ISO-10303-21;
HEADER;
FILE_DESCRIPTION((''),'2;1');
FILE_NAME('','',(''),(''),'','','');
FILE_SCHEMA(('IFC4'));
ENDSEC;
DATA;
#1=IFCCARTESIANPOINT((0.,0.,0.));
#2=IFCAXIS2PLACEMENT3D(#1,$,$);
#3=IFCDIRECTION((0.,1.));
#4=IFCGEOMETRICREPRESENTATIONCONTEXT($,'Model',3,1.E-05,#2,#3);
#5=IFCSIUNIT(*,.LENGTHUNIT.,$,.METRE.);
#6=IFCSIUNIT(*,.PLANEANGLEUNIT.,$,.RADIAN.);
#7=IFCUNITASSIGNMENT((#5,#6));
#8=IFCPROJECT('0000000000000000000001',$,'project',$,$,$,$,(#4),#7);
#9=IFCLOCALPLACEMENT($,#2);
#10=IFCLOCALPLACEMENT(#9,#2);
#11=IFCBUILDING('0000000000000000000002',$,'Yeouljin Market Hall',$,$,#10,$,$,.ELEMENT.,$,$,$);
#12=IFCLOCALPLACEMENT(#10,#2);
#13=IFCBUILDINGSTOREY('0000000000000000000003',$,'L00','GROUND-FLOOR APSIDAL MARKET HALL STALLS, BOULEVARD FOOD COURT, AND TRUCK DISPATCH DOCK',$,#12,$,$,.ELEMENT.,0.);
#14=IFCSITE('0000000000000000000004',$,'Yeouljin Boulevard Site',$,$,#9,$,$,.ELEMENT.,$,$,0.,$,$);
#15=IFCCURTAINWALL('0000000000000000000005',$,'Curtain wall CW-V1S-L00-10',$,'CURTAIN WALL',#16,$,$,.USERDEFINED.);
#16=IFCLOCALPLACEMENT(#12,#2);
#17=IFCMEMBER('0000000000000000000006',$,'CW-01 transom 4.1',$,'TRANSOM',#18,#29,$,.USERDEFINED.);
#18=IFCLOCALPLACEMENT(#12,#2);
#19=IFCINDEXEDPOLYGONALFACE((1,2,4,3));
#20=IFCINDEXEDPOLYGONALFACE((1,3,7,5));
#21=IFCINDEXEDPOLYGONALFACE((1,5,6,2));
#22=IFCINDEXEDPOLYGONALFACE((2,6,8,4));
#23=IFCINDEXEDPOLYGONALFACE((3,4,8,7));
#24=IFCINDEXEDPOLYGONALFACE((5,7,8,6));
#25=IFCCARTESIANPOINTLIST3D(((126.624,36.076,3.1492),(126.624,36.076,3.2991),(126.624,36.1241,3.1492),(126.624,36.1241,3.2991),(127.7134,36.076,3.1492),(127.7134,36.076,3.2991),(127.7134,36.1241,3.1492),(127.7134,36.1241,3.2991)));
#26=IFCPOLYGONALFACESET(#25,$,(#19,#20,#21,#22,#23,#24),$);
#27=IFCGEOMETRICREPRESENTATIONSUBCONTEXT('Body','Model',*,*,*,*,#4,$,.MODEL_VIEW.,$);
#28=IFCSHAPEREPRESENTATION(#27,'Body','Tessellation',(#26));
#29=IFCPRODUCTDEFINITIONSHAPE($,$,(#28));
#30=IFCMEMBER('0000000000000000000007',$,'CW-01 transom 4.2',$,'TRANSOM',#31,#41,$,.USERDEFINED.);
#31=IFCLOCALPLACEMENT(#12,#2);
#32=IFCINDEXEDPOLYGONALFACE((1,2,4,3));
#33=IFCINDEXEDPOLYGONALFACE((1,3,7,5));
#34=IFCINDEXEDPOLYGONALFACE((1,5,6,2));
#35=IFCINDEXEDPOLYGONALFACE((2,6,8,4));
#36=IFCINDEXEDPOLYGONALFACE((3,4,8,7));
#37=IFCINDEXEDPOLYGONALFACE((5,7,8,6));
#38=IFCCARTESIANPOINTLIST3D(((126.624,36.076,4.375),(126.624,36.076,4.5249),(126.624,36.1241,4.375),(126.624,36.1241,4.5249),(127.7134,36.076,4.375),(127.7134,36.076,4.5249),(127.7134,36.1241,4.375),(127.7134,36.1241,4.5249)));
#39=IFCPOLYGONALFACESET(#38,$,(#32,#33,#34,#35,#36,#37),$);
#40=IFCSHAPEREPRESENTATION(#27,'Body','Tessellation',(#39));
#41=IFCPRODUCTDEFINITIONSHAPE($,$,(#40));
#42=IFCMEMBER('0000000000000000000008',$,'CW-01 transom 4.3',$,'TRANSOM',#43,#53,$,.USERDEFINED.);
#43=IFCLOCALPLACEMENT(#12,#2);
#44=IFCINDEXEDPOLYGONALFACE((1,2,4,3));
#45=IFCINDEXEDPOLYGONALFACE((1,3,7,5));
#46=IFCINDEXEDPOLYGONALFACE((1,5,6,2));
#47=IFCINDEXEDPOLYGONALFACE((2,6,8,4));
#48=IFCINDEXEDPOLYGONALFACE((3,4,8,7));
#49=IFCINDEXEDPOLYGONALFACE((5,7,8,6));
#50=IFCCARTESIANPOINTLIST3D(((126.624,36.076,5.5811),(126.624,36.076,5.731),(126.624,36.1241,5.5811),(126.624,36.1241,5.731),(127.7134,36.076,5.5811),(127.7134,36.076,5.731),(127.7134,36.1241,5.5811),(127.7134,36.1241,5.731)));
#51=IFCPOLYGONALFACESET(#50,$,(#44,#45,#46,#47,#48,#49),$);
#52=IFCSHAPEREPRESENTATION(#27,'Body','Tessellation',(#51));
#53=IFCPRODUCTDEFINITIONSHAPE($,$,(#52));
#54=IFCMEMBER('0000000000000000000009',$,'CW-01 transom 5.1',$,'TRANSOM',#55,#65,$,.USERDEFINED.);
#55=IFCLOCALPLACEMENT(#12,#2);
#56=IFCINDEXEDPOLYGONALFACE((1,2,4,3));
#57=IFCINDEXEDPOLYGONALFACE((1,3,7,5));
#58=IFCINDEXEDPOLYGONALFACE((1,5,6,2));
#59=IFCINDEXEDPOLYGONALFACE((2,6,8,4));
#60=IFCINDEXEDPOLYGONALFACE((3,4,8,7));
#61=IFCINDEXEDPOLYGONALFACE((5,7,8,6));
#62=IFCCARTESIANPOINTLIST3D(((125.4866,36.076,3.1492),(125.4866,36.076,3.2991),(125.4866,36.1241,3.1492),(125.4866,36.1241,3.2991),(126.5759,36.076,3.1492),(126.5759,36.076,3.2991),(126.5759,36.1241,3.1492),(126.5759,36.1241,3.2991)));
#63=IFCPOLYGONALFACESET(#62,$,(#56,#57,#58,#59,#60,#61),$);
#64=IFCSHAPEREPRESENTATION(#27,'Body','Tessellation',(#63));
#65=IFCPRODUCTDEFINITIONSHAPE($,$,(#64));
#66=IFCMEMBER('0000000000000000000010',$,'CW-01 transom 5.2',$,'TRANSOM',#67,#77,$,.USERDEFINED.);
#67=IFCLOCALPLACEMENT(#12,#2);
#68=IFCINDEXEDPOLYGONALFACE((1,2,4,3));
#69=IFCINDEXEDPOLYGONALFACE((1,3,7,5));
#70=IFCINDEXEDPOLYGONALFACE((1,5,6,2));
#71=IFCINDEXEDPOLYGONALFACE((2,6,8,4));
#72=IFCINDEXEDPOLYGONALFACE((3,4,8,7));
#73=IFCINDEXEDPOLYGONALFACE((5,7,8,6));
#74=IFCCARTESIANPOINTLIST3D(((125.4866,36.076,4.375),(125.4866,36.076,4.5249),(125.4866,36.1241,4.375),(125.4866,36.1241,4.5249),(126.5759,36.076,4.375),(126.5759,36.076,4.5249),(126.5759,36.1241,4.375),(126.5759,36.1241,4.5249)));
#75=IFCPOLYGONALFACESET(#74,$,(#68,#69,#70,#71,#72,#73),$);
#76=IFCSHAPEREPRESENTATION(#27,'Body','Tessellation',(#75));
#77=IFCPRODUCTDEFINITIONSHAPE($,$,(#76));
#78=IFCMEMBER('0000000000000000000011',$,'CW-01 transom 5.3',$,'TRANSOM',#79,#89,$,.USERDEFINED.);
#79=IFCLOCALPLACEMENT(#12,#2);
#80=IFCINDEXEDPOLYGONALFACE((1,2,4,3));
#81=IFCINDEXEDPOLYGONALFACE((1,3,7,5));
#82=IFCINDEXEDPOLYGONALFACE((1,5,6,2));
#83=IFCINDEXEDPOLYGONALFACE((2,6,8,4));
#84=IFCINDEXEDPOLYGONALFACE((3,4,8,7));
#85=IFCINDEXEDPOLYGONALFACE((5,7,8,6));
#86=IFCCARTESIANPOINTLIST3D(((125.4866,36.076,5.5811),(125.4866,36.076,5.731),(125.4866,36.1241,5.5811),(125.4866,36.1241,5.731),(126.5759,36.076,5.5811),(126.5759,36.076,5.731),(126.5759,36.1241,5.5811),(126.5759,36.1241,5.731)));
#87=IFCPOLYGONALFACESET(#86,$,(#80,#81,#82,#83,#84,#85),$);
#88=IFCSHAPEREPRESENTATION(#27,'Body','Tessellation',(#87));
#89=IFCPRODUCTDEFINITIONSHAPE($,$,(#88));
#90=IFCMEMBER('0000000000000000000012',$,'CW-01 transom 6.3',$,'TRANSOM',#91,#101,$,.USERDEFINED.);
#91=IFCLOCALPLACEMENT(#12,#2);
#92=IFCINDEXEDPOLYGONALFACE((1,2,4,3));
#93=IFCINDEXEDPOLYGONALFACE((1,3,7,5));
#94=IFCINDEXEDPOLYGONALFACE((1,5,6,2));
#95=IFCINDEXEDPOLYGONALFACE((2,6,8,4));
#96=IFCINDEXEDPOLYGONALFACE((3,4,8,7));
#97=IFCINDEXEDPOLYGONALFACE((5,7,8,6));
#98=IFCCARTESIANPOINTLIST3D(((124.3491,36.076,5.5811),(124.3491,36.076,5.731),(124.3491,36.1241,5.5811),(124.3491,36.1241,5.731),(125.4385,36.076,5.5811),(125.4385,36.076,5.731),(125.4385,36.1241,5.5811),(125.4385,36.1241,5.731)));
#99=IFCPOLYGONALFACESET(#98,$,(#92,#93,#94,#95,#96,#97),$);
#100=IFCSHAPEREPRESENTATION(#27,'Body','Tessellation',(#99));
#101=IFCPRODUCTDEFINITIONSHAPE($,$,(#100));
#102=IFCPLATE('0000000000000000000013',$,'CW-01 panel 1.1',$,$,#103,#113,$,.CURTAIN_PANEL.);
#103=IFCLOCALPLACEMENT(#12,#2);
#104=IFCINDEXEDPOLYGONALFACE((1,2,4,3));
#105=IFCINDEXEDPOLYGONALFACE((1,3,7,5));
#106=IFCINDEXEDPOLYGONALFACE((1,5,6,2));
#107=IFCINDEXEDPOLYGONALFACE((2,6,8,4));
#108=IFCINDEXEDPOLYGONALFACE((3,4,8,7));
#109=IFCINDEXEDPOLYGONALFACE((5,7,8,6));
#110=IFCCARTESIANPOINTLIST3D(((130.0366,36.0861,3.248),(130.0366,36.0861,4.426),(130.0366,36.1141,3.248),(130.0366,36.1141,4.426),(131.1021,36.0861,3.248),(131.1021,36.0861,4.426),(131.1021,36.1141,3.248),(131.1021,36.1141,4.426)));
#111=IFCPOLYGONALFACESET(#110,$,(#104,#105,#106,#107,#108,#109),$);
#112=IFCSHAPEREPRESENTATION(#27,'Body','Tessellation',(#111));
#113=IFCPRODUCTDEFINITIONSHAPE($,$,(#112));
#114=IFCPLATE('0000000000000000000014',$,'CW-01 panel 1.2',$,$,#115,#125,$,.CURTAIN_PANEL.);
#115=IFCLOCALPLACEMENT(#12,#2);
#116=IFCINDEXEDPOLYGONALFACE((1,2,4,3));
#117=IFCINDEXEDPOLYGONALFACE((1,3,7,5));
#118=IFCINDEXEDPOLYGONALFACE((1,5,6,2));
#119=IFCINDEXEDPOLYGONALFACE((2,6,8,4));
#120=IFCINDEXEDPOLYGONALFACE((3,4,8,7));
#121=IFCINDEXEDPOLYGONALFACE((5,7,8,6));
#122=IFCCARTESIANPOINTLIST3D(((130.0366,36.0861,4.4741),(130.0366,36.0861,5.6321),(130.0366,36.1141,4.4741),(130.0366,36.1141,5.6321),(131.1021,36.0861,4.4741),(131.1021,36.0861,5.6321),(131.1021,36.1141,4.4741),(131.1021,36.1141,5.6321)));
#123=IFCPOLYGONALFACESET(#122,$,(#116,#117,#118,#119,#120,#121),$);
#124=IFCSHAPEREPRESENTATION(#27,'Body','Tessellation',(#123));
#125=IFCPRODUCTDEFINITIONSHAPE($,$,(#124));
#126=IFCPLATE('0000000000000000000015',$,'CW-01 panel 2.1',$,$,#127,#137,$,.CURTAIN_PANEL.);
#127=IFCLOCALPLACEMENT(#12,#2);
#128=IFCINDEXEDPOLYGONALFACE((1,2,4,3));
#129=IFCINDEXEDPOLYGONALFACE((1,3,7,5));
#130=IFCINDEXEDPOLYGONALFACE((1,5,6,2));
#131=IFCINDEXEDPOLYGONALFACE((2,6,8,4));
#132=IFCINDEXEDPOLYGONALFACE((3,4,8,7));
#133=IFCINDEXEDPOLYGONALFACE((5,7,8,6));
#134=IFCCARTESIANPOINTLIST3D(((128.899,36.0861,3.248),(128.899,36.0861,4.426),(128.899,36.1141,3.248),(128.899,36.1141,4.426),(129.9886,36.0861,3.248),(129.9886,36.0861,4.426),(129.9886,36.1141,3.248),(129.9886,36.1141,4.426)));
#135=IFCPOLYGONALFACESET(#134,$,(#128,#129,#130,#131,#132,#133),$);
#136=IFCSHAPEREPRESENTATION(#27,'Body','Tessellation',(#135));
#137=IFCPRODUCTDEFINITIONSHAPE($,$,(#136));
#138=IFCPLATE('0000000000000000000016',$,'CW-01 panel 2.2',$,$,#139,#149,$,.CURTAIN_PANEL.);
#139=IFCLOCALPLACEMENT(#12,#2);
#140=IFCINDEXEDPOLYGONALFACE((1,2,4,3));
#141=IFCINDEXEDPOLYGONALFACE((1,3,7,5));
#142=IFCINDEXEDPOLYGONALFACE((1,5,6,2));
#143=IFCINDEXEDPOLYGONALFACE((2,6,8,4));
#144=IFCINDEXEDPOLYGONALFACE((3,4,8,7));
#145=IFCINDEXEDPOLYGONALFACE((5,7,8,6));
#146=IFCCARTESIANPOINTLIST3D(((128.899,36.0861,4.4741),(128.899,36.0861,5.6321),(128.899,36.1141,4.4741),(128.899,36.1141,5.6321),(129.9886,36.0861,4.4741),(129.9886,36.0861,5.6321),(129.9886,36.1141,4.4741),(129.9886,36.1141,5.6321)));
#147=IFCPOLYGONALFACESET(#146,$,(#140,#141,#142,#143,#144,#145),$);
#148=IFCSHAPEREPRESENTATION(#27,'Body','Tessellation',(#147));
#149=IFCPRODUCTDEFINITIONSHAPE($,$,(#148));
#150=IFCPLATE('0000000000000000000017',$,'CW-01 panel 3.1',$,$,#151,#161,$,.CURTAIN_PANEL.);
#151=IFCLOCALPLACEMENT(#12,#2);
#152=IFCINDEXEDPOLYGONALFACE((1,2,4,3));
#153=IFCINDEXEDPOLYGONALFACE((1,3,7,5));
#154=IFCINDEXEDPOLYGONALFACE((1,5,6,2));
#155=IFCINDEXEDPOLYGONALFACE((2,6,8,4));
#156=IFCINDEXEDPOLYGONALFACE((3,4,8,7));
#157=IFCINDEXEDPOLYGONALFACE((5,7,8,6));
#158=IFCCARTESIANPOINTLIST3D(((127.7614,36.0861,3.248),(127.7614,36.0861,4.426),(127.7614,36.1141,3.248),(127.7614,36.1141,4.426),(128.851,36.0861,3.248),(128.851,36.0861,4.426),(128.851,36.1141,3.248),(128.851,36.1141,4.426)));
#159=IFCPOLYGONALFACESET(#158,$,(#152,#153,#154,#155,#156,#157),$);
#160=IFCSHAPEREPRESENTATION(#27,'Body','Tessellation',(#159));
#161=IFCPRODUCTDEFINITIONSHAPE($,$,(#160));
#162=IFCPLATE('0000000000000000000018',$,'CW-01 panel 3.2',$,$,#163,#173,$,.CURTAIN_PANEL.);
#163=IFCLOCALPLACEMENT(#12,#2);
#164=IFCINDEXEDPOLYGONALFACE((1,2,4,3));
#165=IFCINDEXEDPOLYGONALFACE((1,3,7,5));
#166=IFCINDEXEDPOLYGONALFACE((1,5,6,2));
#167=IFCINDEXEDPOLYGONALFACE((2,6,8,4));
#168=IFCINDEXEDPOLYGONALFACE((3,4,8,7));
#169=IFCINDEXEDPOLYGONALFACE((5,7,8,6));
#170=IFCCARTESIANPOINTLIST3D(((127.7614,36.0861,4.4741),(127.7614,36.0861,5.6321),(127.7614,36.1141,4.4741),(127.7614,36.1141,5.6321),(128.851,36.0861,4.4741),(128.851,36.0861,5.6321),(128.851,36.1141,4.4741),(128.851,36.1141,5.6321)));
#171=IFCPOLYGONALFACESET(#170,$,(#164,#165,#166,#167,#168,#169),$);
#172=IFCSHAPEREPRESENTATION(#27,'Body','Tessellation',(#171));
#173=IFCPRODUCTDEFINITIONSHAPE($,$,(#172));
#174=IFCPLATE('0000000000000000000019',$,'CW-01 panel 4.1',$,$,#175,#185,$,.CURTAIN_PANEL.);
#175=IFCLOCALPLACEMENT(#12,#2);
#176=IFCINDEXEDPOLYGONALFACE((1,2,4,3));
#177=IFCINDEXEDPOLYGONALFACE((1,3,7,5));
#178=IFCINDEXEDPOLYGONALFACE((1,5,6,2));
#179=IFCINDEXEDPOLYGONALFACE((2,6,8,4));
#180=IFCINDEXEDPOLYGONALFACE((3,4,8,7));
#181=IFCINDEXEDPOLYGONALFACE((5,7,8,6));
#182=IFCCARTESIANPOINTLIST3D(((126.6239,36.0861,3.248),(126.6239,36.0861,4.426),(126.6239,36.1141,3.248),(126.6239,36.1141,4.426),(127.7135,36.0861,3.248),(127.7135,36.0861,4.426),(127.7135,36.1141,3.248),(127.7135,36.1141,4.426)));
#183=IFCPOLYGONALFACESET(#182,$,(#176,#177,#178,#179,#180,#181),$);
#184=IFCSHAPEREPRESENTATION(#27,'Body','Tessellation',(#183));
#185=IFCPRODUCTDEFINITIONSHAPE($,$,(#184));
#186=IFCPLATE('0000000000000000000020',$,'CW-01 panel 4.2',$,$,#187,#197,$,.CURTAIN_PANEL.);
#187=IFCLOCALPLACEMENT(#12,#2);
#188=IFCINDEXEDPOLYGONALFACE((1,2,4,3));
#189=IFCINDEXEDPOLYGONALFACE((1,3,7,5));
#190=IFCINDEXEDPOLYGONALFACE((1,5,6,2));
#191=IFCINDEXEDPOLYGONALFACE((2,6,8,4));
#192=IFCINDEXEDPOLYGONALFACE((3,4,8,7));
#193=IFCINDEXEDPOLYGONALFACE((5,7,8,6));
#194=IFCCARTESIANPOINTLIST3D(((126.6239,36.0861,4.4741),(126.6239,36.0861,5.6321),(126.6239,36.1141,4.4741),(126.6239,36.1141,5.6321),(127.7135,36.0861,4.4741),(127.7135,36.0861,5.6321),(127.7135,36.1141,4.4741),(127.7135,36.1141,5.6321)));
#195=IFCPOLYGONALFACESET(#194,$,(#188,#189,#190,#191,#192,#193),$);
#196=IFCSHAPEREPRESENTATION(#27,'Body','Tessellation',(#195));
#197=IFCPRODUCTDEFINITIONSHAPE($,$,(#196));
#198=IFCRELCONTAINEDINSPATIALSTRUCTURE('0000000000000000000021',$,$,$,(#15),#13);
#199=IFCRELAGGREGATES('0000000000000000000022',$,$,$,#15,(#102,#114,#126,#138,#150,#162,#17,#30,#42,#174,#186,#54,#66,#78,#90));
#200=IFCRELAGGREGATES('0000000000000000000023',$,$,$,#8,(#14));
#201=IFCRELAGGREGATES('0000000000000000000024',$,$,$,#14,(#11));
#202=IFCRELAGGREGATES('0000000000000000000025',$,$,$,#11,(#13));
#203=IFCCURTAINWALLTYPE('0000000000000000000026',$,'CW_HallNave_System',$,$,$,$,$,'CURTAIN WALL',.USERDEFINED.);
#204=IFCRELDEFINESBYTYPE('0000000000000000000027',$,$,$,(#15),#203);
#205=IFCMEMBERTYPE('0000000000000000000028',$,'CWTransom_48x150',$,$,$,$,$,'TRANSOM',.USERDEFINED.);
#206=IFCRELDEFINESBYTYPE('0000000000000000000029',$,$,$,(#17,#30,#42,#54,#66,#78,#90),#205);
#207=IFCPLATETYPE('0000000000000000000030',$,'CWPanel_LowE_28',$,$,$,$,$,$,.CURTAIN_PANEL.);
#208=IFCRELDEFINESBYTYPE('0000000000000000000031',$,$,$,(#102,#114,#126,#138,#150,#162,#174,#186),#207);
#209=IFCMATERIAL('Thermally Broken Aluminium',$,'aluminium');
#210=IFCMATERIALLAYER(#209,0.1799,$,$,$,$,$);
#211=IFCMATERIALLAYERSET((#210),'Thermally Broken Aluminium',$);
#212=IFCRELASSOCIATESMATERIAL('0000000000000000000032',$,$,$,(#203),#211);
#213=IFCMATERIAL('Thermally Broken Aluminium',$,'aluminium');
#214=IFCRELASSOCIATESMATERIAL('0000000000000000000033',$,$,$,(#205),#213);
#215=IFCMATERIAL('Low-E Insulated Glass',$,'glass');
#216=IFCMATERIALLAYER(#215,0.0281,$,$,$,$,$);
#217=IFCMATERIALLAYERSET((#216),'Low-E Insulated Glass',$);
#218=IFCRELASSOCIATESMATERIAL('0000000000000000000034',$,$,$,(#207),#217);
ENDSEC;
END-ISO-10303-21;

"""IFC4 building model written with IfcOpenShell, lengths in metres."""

from ifc_helpers import new_model, si_unit, direction, frame, origin, origin_2d, place, context, subcontext, project, spatial, rectangle, extrude, material, layer, layer_set, material_profile, profile_set, type_object, element, aggregate, save


model = new_model("IFC4")

# Units and contexts
model_context = context("Model", 3, precision=1e-05, world=origin(), true_north=direction((0.0, 1.0)))
body_context = subcontext(model_context, "Body", "Model", "MODEL_VIEW")
ifc_project = project(units=[si_unit("LENGTHUNIT", "METRE"), si_unit("PLANEANGLEUNIT", "RADIAN")], contexts=[model_context])

# Site, building, storey
site_placement = place(None, origin())
site = spatial("IfcSite", under=ifc_project, at=site_placement, Name="Yeouljin Boulevard Site", CompositionType="ELEMENT", RefElevation=0.0)
building_placement = place(site_placement, origin())
building = spatial("IfcBuilding", under=site, at=building_placement, Name="Yeouljin Market Hall", CompositionType="ELEMENT")
storey_placement = place(building_placement, origin())
storey = spatial("IfcBuildingStorey", under=building, at=storey_placement, Name="L00", Description="GROUND-FLOOR APSIDAL MARKET HALL STALLS, BOULEVARD FOOD COURT, AND TRUCK DISPATCH DOCK", CompositionType="ELEMENT", Elevation=0.0)

# Curtain wall, members, plates
ifc_material_1 = material(Name="Thermally Broken Aluminium", Category="aluminium")
ifc_layer_1 = layer(ifc_material_1, 0.1799)
ifc_layer_set_1 = layer_set([ifc_layer_1], Name="Thermally Broken Aluminium")
curtain_wall_type = type_object("IfcCurtainWallType", Name="CW_HallNave_System", ElementType="CURTAIN WALL", PredefinedType="USERDEFINED", material=ifc_layer_set_1)
curtain_wall_placement = place(storey_placement, origin())
curtain_wall = element("IfcCurtainWall", 1, at=curtain_wall_placement, inside=storey, type_object=curtain_wall_type, Name="Curtain wall CW-V1S-L00-10", ObjectType="CURTAIN WALL", PredefinedType="USERDEFINED")
ifc_material_2 = material(Name="Thermally Broken Aluminium", Category="aluminium")
ifc_material_profile_1 = material_profile(ifc_material_2, rectangle(XDim=0.0481, YDim=0.1499, at=origin_2d()), Name="CW-TRAN-48x150")
ifc_profile_set_1 = profile_set([ifc_material_profile_1], Name="Thermally Broken Aluminium")
member_type_1 = type_object("IfcMemberType", Name="CWTransom_48x150", ElementType="TRANSOM", PredefinedType="USERDEFINED", material=ifc_profile_set_1)
member_1_placement = place(storey_placement, frame((127.7134, 36.1001, 3.2241), z_axis=(-1.0, 0.0, 0.0), x_axis=(0.0, -1.0, 0.0)))
member_1 = element("IfcMember", 2, at=member_1_placement, type_object=member_type_1, Name="CW-01 transom 4.1", ObjectType="TRANSOM", PredefinedType="USERDEFINED", context=body_context, shape_type="SweptSolid", body=[
    extrude(rectangle(XDim=0.0481, YDim=0.1499, at=origin_2d()), origin(), (0.0, 0.0, 1.0), 1.0894),
])
member_2_placement = place(storey_placement, frame((127.7134, 36.1001, 4.45), z_axis=(-1.0, 0.0, 0.0), x_axis=(0.0, -1.0, 0.0)))
member_2 = element("IfcMember", 3, at=member_2_placement, type_object=member_type_1, Name="CW-01 transom 4.2", ObjectType="TRANSOM", PredefinedType="USERDEFINED", context=body_context, shape_type="SweptSolid", body=[
    extrude(rectangle(XDim=0.0481, YDim=0.1499, at=origin_2d()), origin(), (0.0, 0.0, 1.0), 1.0894),
])
member_3_placement = place(storey_placement, frame((127.7134, 36.1001, 5.656), z_axis=(-1.0, 0.0, 0.0), x_axis=(0.0, -1.0, 0.0)))
member_3 = element("IfcMember", 4, at=member_3_placement, type_object=member_type_1, Name="CW-01 transom 4.3", ObjectType="TRANSOM", PredefinedType="USERDEFINED", context=body_context, shape_type="SweptSolid", body=[
    extrude(rectangle(XDim=0.0481, YDim=0.1499, at=origin_2d()), origin(), (0.0, 0.0, 1.0), 1.0894),
])
member_4_placement = place(storey_placement, frame((126.5759, 36.1001, 3.2241), z_axis=(-1.0, 0.0, 0.0), x_axis=(0.0, -1.0, 0.0)))
member_4 = element("IfcMember", 5, at=member_4_placement, type_object=member_type_1, Name="CW-01 transom 5.1", ObjectType="TRANSOM", PredefinedType="USERDEFINED", context=body_context, shape_type="SweptSolid", body=[
    extrude(rectangle(XDim=0.0481, YDim=0.1499, at=origin_2d()), origin(), (0.0, 0.0, 1.0), 1.0894),
])
member_5_placement = place(storey_placement, frame((126.5759, 36.1001, 4.45), z_axis=(-1.0, 0.0, 0.0), x_axis=(0.0, -1.0, 0.0)))
member_5 = element("IfcMember", 6, at=member_5_placement, type_object=member_type_1, Name="CW-01 transom 5.2", ObjectType="TRANSOM", PredefinedType="USERDEFINED", context=body_context, shape_type="SweptSolid", body=[
    extrude(rectangle(XDim=0.0481, YDim=0.1499, at=origin_2d()), origin(), (0.0, 0.0, 1.0), 1.0894),
])
member_6_placement = place(storey_placement, frame((126.5759, 36.1001, 5.656), z_axis=(-1.0, 0.0, 0.0), x_axis=(0.0, -1.0, 0.0)))
member_6 = element("IfcMember", 7, at=member_6_placement, type_object=member_type_1, Name="CW-01 transom 5.3", ObjectType="TRANSOM", PredefinedType="USERDEFINED", context=body_context, shape_type="SweptSolid", body=[
    extrude(rectangle(XDim=0.0481, YDim=0.1499, at=origin_2d()), origin(), (0.0, 0.0, 1.0), 1.0894),
])
member_7_placement = place(storey_placement, frame((125.4385, 36.1001, 5.656), z_axis=(-1.0, 0.0, 0.0), x_axis=(0.0, -1.0, 0.0)))
member_7 = element("IfcMember", 8, at=member_7_placement, type_object=member_type_1, Name="CW-01 transom 6.3", ObjectType="TRANSOM", PredefinedType="USERDEFINED", context=body_context, shape_type="SweptSolid", body=[
    extrude(rectangle(XDim=0.0481, YDim=0.1499, at=origin_2d()), origin(), (0.0, 0.0, 1.0), 1.0894),
])
ifc_material_3 = material(Name="Low-E Insulated Glass", Category="glass")
ifc_layer_2 = layer(ifc_material_3, 0.0281)
ifc_layer_set_2 = layer_set([ifc_layer_2], Name="Low-E Insulated Glass")
plate_type = type_object("IfcPlateType", Name="CWPanel_LowE_28", PredefinedType="CURTAIN_PANEL", material=ifc_layer_set_2)
plate_1_placement = place(storey_placement, frame((130.5693, 36.1001, 3.248), z_axis=(0.0, 0.0, 1.0), x_axis=(-1.0, 0.0, 0.0)))
plate_1 = element("IfcPlate", 9, at=plate_1_placement, type_object=plate_type, Name="CW-01 panel 1.1", PredefinedType="CURTAIN_PANEL", context=body_context, shape_type="SweptSolid", body=[
    extrude(rectangle(XDim=1.0654, YDim=0.0281, at=origin_2d()), origin(), (0.0, 0.0, 1.0), 1.178),
])
plate_2_placement = place(storey_placement, frame((130.5693, 36.1001, 4.4741), z_axis=(0.0, 0.0, 1.0), x_axis=(-1.0, 0.0, 0.0)))
plate_2 = element("IfcPlate", 10, at=plate_2_placement, type_object=plate_type, Name="CW-01 panel 1.2", PredefinedType="CURTAIN_PANEL", context=body_context, shape_type="SweptSolid", body=[
    extrude(rectangle(XDim=1.0654, YDim=0.0281, at=origin_2d()), origin(), (0.0, 0.0, 1.0), 1.158),
])
plate_3_placement = place(storey_placement, frame((129.4438, 36.1001, 3.248), z_axis=(0.0, 0.0, 1.0), x_axis=(-1.0, 0.0, 0.0)))
plate_3 = element("IfcPlate", 11, at=plate_3_placement, type_object=plate_type, Name="CW-01 panel 2.1", PredefinedType="CURTAIN_PANEL", context=body_context, shape_type="SweptSolid", body=[
    extrude(rectangle(XDim=1.0896, YDim=0.0281, at=origin_2d()), origin(), (0.0, 0.0, 1.0), 1.178),
])
plate_4_placement = place(storey_placement, frame((129.4438, 36.1001, 4.4741), z_axis=(0.0, 0.0, 1.0), x_axis=(-1.0, 0.0, 0.0)))
plate_4 = element("IfcPlate", 12, at=plate_4_placement, type_object=plate_type, Name="CW-01 panel 2.2", PredefinedType="CURTAIN_PANEL", context=body_context, shape_type="SweptSolid", body=[
    extrude(rectangle(XDim=1.0896, YDim=0.0281, at=origin_2d()), origin(), (0.0, 0.0, 1.0), 1.158),
])
plate_5_placement = place(storey_placement, frame((128.3062, 36.1001, 3.248), z_axis=(0.0, 0.0, 1.0), x_axis=(-1.0, 0.0, 0.0)))
plate_5 = element("IfcPlate", 13, at=plate_5_placement, type_object=plate_type, Name="CW-01 panel 3.1", PredefinedType="CURTAIN_PANEL", context=body_context, shape_type="SweptSolid", body=[
    extrude(rectangle(XDim=1.0896, YDim=0.0281, at=origin_2d()), origin(), (0.0, 0.0, 1.0), 1.178),
])
plate_6_placement = place(storey_placement, frame((128.3062, 36.1001, 4.4741), z_axis=(0.0, 0.0, 1.0), x_axis=(-1.0, 0.0, 0.0)))
plate_6 = element("IfcPlate", 14, at=plate_6_placement, type_object=plate_type, Name="CW-01 panel 3.2", PredefinedType="CURTAIN_PANEL", context=body_context, shape_type="SweptSolid", body=[
    extrude(rectangle(XDim=1.0896, YDim=0.0281, at=origin_2d()), origin(), (0.0, 0.0, 1.0), 1.158),
])
plate_7_placement = place(storey_placement, frame((127.1687, 36.1001, 3.248), z_axis=(0.0, 0.0, 1.0), x_axis=(-1.0, 0.0, 0.0)))
plate_7 = element("IfcPlate", 15, at=plate_7_placement, type_object=plate_type, Name="CW-01 panel 4.1", PredefinedType="CURTAIN_PANEL", context=body_context, shape_type="SweptSolid", body=[
    extrude(rectangle(XDim=1.0896, YDim=0.0281, at=origin_2d()), origin(), (0.0, 0.0, 1.0), 1.178),
])
plate_8_placement = place(storey_placement, frame((127.1687, 36.1001, 4.4741), z_axis=(0.0, 0.0, 1.0), x_axis=(-1.0, 0.0, 0.0)))
plate_8 = element("IfcPlate", 16, at=plate_8_placement, type_object=plate_type, Name="CW-01 panel 4.2", PredefinedType="CURTAIN_PANEL", context=body_context, shape_type="SweptSolid", body=[
    extrude(rectangle(XDim=1.0896, YDim=0.0281, at=origin_2d()), origin(), (0.0, 0.0, 1.0), 1.158),
])
aggregate(curtain_wall, [plate_1, plate_2, plate_3, plate_4, plate_5, plate_6, member_1, member_2, member_3, plate_7, plate_8, member_4, member_5, member_6, member_7])

save(model, "model.ifc")
